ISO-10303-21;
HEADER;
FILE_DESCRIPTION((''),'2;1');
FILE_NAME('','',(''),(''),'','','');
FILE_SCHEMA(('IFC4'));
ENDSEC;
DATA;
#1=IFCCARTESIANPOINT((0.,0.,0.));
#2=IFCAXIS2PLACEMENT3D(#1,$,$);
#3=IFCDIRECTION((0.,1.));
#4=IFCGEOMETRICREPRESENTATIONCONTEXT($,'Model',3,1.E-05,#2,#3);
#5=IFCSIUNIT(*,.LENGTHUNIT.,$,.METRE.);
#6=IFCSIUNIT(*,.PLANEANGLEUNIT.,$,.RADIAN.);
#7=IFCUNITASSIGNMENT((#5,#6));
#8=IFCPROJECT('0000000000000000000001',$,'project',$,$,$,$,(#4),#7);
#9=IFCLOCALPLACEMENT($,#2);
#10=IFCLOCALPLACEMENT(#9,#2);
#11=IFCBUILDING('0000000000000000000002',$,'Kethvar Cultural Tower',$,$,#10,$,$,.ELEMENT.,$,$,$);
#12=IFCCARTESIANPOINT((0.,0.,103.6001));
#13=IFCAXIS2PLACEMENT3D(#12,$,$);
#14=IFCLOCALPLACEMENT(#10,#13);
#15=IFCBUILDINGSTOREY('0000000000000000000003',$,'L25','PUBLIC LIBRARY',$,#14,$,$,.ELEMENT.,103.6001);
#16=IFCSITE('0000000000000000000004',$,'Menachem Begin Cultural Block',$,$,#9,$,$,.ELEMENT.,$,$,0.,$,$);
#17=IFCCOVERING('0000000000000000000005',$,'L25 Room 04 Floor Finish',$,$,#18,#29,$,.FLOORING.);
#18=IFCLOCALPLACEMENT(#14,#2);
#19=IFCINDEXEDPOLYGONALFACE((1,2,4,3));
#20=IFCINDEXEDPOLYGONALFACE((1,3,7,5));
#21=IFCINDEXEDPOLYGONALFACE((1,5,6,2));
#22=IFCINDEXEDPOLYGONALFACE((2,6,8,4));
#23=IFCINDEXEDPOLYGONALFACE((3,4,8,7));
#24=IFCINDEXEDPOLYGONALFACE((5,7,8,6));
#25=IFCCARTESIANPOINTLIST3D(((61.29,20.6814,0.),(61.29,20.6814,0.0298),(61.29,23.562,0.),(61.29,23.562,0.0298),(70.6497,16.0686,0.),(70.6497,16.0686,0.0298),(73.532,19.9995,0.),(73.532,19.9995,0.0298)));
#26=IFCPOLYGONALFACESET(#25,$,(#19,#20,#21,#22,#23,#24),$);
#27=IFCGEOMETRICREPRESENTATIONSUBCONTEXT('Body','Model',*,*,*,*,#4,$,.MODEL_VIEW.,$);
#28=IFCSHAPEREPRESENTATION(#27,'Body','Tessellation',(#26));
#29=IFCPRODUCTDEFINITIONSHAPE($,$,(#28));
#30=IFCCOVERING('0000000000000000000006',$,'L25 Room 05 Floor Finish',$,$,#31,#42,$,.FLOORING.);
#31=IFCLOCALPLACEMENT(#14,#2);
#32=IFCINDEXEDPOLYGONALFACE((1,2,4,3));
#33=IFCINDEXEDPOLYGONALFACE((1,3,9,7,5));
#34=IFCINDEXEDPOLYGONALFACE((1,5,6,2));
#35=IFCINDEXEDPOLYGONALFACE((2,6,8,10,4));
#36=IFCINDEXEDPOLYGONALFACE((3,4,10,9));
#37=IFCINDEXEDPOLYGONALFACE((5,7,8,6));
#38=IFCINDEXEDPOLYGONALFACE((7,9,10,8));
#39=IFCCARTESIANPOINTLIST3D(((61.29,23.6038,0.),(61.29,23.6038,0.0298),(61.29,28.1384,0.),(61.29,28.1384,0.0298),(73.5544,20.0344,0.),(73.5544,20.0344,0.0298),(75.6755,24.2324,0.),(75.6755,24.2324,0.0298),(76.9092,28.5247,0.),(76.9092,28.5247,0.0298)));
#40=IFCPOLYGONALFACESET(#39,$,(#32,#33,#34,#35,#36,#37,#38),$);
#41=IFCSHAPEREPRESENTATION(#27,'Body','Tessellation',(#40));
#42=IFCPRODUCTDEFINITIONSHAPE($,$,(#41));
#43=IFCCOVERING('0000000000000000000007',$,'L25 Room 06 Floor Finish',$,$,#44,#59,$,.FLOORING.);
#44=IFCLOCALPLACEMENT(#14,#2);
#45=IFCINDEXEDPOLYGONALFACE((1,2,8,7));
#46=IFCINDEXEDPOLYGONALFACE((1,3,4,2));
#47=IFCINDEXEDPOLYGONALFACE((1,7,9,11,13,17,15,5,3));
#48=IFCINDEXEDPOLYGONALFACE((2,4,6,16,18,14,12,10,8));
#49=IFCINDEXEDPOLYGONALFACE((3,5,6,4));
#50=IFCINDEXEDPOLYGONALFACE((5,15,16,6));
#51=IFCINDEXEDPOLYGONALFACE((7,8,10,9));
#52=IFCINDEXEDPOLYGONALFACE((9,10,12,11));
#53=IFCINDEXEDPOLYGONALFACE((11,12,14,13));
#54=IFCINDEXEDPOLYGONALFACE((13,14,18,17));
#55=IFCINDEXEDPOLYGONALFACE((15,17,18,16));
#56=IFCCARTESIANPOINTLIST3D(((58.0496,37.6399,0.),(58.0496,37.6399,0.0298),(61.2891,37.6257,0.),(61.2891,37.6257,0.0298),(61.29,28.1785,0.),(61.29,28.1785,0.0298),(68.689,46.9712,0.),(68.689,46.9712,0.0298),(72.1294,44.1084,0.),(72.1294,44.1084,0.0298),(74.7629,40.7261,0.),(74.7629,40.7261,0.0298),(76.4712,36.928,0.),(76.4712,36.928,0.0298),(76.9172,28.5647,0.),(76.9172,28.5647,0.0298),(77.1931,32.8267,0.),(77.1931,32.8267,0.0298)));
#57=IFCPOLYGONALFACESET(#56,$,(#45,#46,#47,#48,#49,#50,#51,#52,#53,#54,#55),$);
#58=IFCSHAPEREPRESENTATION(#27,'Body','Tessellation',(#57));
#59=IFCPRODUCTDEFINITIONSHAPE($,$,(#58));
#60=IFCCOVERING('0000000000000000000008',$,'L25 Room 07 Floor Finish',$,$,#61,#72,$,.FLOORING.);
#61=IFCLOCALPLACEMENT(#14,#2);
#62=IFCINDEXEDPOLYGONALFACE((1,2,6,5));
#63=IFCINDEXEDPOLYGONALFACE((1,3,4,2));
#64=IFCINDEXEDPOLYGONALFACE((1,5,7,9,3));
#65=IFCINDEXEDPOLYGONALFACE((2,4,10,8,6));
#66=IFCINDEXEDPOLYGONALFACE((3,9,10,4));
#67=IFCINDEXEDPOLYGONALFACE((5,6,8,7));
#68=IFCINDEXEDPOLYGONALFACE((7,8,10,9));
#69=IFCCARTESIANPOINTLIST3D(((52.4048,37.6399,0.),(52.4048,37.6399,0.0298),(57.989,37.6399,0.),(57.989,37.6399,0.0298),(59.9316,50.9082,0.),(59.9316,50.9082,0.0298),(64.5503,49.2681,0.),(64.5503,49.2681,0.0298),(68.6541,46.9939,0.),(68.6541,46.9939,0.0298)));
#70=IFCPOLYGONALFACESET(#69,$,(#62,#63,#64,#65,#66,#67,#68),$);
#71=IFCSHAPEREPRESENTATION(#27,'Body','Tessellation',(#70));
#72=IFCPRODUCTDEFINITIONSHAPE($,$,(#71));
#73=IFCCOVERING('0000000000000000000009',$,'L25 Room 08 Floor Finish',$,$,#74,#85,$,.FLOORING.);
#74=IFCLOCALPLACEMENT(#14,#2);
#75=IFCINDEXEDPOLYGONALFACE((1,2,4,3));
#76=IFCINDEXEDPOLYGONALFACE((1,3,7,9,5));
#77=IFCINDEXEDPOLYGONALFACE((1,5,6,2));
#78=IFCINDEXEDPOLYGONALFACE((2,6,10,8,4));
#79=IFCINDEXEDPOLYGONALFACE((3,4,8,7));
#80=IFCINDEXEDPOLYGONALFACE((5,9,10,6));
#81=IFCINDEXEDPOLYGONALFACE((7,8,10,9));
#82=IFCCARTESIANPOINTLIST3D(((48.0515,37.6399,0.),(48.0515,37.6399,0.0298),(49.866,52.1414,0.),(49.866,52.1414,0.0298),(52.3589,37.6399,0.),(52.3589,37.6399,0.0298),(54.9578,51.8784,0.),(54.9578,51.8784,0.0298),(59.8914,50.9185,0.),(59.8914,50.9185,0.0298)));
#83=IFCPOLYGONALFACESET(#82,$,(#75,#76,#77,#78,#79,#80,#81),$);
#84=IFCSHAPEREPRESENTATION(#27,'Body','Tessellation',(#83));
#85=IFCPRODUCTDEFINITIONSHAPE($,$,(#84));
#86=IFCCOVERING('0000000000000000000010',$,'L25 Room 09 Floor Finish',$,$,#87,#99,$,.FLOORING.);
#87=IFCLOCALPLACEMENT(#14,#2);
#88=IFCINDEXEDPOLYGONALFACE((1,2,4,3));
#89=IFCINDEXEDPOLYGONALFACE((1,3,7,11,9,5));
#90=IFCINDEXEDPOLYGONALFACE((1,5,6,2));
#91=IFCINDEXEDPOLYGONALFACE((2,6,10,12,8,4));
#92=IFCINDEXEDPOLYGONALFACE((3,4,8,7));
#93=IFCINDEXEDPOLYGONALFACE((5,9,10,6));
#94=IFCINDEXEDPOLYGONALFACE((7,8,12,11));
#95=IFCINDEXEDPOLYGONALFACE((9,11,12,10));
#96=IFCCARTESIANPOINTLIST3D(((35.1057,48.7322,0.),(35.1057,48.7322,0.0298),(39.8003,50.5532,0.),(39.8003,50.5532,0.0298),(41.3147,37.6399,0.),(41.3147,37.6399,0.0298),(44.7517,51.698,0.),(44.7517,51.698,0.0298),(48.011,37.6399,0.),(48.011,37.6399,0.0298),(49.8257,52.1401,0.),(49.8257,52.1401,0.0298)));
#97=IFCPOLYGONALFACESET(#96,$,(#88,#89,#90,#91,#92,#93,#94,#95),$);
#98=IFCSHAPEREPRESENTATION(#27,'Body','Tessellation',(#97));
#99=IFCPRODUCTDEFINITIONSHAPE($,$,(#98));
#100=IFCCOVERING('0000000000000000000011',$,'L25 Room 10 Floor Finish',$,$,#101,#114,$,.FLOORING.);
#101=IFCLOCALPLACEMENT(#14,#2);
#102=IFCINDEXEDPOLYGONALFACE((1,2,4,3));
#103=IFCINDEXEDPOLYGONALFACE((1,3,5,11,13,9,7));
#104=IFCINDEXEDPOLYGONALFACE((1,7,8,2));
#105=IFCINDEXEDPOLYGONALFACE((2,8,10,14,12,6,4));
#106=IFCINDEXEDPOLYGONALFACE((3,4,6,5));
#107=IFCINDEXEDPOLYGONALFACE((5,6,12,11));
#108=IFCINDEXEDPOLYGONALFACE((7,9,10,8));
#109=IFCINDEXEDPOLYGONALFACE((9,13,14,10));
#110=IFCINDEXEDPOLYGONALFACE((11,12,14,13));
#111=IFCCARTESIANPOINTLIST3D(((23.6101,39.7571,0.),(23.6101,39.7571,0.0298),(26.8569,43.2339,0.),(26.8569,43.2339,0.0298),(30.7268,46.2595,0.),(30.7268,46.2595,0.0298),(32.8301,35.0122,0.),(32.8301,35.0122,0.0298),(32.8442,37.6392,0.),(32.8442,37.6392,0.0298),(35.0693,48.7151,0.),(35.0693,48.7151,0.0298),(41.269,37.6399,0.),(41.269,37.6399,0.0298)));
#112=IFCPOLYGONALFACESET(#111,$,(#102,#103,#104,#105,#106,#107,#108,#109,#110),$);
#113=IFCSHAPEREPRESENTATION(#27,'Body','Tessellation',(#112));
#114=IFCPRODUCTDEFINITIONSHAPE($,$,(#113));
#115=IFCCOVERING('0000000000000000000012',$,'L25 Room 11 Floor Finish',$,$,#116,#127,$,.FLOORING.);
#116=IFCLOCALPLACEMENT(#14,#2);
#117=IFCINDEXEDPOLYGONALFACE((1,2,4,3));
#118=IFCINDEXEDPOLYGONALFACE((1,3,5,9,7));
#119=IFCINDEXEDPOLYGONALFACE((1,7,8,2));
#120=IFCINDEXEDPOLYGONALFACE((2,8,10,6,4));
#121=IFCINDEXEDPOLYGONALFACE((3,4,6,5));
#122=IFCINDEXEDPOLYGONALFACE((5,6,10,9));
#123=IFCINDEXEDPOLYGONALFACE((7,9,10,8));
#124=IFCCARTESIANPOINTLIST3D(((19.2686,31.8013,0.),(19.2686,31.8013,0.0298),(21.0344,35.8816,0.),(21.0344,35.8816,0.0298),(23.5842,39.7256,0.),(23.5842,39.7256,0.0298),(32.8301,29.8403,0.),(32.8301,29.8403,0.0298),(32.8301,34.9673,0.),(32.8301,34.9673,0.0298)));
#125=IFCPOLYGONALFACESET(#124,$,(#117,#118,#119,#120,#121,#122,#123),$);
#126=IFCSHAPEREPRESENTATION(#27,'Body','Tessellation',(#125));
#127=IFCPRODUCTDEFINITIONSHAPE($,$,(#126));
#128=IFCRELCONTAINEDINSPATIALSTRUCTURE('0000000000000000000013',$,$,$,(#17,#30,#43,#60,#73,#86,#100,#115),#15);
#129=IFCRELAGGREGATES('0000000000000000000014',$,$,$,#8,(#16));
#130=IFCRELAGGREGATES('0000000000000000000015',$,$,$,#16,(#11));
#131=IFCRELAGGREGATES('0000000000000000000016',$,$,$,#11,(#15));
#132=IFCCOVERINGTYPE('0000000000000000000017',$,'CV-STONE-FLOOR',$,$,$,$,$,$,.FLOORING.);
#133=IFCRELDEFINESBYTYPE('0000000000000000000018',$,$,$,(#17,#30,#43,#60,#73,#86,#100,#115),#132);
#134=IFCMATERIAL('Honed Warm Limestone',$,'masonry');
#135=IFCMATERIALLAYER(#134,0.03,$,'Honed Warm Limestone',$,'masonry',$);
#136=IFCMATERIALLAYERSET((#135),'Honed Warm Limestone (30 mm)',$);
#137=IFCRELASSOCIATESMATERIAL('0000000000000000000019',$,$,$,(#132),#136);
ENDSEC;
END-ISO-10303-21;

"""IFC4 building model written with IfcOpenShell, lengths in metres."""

from ifc_helpers import new_model, si_unit, direction, frame, origin, place, context, subcontext, project, spatial, polyline, outline, extrude, material, layer, layer_set, type_object, element, save


model = new_model("IFC4")

# Units and contexts
model_context = context("Model", 3, precision=1e-05, world=origin(), true_north=direction((0.0, 1.0)))
body_context = subcontext(model_context, "Body", "Model", "MODEL_VIEW")
ifc_project = project(units=[si_unit("LENGTHUNIT", "METRE"), si_unit("PLANEANGLEUNIT", "RADIAN")], contexts=[model_context])

# Site, building, storey
site_placement = place(None, origin())
site = spatial("IfcSite", under=ifc_project, at=site_placement, Name="Menachem Begin Cultural Block", CompositionType="ELEMENT", RefElevation=0.0)
building_placement = place(site_placement, origin())
building = spatial("IfcBuilding", under=site, at=building_placement, Name="Kethvar Cultural Tower", CompositionType="ELEMENT")
storey_placement = place(building_placement, frame((0.0, 0.0, 103.6001)))
storey = spatial("IfcBuildingStorey", under=building, at=storey_placement, Name="L25", Description="PUBLIC LIBRARY", CompositionType="ELEMENT", Elevation=103.6001)

# Coverings
ifc_material_1 = material(Name="Honed Warm Limestone", Category="masonry")
ifc_layer_1 = layer(ifc_material_1, 0.03, Name="Honed Warm Limestone", Category="masonry")
ifc_layer_set_1 = layer_set([ifc_layer_1], Name="Honed Warm Limestone (30 mm)")
covering_type_1 = type_object("IfcCoveringType", Name="CV-STONE-FLOOR", PredefinedType="FLOORING", material=ifc_layer_set_1)
covering_1_placement = place(storey_placement, origin())
element("IfcCovering", 1, at=covering_1_placement, inside=storey, type_object=covering_type_1, Name="L25 Room 04 Floor Finish", PredefinedType="FLOORING", context=body_context, shape_type="SweptSolid", body=[
    extrude(outline(polyline([(70.6497, 16.0686), (61.29, 20.6814), (61.29, 23.562), (73.532, 19.9995), (70.6497, 16.0686)])), origin(), (0.0, 0.0, 1.0), 0.0298),
])
covering_2_placement = place(storey_placement, origin())
element("IfcCovering", 2, at=covering_2_placement, inside=storey, type_object=covering_type_1, Name="L25 Room 05 Floor Finish", PredefinedType="FLOORING", context=body_context, shape_type="SweptSolid", body=[
    extrude(outline(polyline([(75.6755, 24.2324), (73.5544, 20.0344), (61.29, 23.6038), (61.29, 28.1384), (76.9092, 28.5247), (75.6755, 24.2324)])), origin(), (0.0, 0.0, 1.0), 0.0298),
])
covering_3_placement = place(storey_placement, origin())
element("IfcCovering", 3, at=covering_3_placement, inside=storey, type_object=covering_type_1, Name="L25 Room 06 Floor Finish", PredefinedType="FLOORING", context=body_context, shape_type="SweptSolid", body=[
    extrude(outline(polyline([(76.9172, 28.5647), (61.29, 28.1785), (61.2891, 37.6257), (58.0496, 37.6399), (68.689, 46.9712), (72.1294, 44.1084), (74.7629, 40.7261), (76.4712, 36.928), (77.1931, 32.8267), (76.9172, 28.5647)])), origin(), (0.0, 0.0, 1.0), 0.0298),
])
covering_4_placement = place(storey_placement, origin())
element("IfcCovering", 4, at=covering_4_placement, inside=storey, type_object=covering_type_1, Name="L25 Room 07 Floor Finish", PredefinedType="FLOORING", context=body_context, shape_type="SweptSolid", body=[
    extrude(outline(polyline([(64.5503, 49.2681), (68.6541, 46.9939), (57.989, 37.6399), (52.4048, 37.6399), (59.9316, 50.9082), (64.5503, 49.2681)])), origin(), (0.0, 0.0, 1.0), 0.0298),
])
covering_5_placement = place(storey_placement, origin())
element("IfcCovering", 5, at=covering_5_placement, inside=storey, type_object=covering_type_1, Name="L25 Room 08 Floor Finish", PredefinedType="FLOORING", context=body_context, shape_type="SweptSolid", body=[
    extrude(outline(polyline([(54.9578, 51.8784), (59.8914, 50.9185), (52.3589, 37.6399), (48.0515, 37.6399), (49.866, 52.1414), (54.9578, 51.8784)])), origin(), (0.0, 0.0, 1.0), 0.0298),
])
covering_6_placement = place(storey_placement, origin())
element("IfcCovering", 6, at=covering_6_placement, inside=storey, type_object=covering_type_1, Name="L25 Room 09 Floor Finish", PredefinedType="FLOORING", context=body_context, shape_type="SweptSolid", body=[
    extrude(outline(polyline([(39.8003, 50.5532), (44.7517, 51.698), (49.8257, 52.1401), (48.011, 37.6399), (41.3147, 37.6399), (35.1057, 48.7322), (39.8003, 50.5532)])), origin(), (0.0, 0.0, 1.0), 0.0298),
])
covering_7_placement = place(storey_placement, origin())
element("IfcCovering", 7, at=covering_7_placement, inside=storey, type_object=covering_type_1, Name="L25 Room 10 Floor Finish", PredefinedType="FLOORING", context=body_context, shape_type="SweptSolid", body=[
    extrude(outline(polyline([(23.6101, 39.7571), (26.8569, 43.2339), (30.7268, 46.2595), (35.0693, 48.7151), (41.269, 37.6399), (32.8442, 37.6392), (32.8301, 35.0122), (23.6101, 39.7571)])), origin(), (0.0, 0.0, 1.0), 0.0298),
])
covering_8_placement = place(storey_placement, origin())
element("IfcCovering", 8, at=covering_8_placement, inside=storey, type_object=covering_type_1, Name="L25 Room 11 Floor Finish", PredefinedType="FLOORING", context=body_context, shape_type="SweptSolid", body=[
    extrude(outline(polyline([(19.2686, 31.8013), (21.0344, 35.8816), (23.5842, 39.7256), (32.8301, 34.9673), (32.8301, 29.8403), (19.2686, 31.8013)])), origin(), (0.0, 0.0, 1.0), 0.0298),
])

save(model, "model.ifc")
